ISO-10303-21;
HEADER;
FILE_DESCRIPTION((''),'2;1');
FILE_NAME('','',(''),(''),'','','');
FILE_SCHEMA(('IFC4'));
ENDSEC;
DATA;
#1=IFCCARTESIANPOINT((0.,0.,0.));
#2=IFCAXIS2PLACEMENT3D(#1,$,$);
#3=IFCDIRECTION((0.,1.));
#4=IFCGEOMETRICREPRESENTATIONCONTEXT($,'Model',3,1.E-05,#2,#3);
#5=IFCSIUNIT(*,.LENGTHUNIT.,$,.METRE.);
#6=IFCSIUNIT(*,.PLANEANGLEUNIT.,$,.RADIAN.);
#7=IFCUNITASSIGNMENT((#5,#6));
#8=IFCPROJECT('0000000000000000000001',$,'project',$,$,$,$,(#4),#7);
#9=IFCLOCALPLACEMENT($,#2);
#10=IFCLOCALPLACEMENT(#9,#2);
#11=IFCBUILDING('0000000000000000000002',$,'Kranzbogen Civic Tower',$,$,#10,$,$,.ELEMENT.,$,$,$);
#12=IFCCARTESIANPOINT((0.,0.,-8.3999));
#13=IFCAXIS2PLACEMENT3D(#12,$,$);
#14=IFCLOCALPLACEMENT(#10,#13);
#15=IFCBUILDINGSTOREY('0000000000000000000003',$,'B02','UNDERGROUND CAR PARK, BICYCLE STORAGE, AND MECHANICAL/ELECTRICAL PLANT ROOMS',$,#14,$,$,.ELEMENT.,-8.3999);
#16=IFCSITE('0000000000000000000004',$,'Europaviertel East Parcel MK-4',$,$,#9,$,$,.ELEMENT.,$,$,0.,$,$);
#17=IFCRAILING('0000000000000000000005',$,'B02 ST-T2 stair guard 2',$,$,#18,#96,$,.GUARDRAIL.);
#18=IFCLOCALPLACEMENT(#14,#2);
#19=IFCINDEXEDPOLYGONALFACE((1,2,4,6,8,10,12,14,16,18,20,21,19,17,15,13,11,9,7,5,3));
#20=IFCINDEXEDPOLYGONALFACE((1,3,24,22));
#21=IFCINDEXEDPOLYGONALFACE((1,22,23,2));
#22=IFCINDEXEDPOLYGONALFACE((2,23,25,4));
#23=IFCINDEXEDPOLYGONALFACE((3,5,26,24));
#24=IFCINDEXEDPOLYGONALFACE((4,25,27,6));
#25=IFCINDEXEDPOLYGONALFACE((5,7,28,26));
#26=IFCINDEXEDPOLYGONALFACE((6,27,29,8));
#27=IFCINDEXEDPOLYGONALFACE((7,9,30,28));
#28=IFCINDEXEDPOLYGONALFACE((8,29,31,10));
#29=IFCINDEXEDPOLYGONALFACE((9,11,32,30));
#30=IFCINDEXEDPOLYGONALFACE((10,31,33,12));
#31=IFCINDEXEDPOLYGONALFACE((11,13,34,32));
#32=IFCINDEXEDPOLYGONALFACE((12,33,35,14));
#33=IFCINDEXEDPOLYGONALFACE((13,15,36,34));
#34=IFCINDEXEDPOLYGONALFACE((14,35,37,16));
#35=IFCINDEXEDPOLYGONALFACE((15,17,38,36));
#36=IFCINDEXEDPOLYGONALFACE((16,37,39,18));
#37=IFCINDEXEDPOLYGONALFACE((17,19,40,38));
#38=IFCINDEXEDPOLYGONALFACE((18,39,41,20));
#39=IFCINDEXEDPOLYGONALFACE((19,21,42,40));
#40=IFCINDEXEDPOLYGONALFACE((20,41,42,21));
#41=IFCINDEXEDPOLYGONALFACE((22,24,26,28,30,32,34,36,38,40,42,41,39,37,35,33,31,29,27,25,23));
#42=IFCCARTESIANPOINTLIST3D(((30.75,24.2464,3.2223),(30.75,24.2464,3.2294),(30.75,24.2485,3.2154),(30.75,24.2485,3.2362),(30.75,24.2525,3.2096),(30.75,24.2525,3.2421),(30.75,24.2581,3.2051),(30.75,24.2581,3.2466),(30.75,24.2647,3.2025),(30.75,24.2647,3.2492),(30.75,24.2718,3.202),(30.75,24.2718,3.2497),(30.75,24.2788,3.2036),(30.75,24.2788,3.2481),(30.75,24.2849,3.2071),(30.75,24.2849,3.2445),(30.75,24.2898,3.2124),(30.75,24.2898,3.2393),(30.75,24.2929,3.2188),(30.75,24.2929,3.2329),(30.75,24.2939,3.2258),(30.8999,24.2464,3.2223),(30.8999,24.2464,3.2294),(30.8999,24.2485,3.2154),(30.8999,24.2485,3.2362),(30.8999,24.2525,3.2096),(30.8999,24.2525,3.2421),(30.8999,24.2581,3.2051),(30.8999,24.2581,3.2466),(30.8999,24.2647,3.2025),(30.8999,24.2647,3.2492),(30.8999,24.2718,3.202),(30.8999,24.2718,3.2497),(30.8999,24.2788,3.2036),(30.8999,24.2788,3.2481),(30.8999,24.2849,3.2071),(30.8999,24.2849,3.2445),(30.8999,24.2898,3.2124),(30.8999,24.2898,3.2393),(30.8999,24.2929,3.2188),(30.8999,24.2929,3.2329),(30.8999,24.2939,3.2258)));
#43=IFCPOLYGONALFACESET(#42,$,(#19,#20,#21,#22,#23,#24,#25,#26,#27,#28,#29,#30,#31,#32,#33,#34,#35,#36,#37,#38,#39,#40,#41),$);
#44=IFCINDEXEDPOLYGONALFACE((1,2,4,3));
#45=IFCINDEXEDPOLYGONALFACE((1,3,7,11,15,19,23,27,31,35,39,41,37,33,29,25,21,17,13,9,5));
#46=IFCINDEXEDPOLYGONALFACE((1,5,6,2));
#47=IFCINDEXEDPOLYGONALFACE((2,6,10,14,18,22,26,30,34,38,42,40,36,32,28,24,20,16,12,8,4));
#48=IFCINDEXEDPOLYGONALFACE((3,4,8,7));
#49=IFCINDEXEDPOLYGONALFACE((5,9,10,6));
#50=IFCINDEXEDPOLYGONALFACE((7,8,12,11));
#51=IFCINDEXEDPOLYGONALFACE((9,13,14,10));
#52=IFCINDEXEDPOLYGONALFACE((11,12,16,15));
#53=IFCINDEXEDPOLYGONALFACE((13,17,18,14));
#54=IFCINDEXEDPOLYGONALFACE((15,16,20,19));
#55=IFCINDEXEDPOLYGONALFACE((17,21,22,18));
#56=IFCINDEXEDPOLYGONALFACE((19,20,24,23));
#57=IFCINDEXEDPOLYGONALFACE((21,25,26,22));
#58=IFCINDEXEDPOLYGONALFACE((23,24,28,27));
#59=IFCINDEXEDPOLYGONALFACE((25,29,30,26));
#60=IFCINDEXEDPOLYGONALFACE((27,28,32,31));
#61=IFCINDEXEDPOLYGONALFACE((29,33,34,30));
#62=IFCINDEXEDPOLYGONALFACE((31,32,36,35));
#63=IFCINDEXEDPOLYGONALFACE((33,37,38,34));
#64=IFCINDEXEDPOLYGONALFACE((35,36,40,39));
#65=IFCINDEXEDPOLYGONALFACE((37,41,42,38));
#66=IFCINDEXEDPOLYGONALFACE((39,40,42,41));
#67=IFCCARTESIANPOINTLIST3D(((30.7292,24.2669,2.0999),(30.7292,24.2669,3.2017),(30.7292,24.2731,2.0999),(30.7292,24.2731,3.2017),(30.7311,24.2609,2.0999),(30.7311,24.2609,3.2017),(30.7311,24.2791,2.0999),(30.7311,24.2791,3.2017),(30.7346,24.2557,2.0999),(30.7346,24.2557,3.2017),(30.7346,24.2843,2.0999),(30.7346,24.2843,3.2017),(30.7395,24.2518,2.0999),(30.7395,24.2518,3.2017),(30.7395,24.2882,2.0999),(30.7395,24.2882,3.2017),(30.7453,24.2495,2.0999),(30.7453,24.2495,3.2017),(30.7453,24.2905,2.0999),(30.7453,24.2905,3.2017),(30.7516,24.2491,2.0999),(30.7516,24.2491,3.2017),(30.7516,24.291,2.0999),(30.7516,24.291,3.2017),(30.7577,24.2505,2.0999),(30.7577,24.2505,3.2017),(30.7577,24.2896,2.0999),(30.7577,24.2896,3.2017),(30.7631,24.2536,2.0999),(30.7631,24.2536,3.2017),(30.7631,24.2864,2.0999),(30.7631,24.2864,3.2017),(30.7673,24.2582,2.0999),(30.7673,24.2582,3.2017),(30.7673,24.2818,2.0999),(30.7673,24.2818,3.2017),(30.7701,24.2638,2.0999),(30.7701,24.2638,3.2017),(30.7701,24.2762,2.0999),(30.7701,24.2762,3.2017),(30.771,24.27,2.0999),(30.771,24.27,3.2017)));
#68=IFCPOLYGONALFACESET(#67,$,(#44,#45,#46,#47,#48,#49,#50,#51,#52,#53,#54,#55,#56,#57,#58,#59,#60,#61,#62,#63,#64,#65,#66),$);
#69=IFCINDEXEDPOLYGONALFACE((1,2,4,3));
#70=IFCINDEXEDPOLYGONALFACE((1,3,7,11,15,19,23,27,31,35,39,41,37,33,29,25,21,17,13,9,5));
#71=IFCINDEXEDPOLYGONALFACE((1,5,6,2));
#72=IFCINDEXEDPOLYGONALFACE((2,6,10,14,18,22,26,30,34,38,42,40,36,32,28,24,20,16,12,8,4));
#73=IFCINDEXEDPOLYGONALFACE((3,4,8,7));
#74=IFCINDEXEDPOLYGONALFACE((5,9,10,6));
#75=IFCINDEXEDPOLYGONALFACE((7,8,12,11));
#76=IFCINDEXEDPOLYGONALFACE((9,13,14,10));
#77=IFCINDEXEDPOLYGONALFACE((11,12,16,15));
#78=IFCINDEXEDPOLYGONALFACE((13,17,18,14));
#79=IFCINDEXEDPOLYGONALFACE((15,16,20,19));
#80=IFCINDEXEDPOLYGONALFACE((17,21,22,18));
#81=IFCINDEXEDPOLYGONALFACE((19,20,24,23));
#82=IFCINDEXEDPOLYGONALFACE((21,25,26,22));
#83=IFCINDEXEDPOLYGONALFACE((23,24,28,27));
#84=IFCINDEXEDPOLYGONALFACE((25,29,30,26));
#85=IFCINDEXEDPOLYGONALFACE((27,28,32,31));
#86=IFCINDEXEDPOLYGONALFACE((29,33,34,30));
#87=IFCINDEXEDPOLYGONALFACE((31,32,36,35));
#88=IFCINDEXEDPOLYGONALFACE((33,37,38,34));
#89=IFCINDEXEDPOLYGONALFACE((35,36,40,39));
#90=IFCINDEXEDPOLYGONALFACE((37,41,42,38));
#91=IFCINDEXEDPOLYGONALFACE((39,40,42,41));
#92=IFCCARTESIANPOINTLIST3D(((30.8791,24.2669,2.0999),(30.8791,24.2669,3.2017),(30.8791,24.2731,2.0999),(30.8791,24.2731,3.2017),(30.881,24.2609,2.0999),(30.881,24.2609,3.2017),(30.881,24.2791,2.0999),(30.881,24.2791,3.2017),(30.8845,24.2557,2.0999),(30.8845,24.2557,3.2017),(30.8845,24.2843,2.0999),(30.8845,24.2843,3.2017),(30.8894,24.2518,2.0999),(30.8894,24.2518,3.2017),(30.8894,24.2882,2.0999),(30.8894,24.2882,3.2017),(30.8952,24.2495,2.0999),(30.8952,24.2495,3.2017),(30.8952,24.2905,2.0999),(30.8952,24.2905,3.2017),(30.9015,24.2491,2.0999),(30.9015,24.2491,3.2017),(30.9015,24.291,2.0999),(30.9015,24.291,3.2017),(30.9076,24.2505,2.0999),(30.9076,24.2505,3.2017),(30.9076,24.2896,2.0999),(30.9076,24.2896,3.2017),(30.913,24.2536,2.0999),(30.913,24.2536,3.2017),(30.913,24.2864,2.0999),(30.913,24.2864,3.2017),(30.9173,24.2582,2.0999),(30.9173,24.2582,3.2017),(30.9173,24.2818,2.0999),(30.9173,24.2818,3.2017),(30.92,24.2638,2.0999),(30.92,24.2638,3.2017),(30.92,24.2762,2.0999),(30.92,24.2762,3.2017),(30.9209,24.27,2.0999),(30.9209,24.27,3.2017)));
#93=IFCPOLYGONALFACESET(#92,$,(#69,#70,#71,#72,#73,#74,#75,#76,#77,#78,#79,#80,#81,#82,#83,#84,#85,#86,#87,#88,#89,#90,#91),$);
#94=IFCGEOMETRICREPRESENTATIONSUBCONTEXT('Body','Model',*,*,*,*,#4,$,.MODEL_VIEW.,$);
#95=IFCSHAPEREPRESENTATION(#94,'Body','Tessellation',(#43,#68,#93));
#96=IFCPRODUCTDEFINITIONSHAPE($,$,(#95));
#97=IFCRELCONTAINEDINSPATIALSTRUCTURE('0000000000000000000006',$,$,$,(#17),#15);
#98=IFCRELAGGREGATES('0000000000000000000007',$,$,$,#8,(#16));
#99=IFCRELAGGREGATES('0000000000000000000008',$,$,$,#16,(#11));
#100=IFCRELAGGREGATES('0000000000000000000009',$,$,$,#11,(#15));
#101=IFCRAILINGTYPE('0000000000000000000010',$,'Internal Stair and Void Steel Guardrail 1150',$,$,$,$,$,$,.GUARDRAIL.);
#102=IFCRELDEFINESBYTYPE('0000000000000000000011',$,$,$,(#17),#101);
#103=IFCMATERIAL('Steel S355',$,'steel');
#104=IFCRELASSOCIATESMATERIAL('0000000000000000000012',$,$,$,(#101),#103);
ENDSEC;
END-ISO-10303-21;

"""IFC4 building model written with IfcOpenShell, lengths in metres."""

from ifc_helpers import new_model, si_unit, direction, frame, origin, origin_2d, place, context, subcontext, project, spatial, circle, extrude, material, type_object, element, save


model = new_model("IFC4")

# Units and contexts
model_context = context("Model", 3, precision=1e-05, world=origin(), true_north=direction((0.0, 1.0)))
body_context = subcontext(model_context, "Body", "Model", "MODEL_VIEW")
ifc_project = project(units=[si_unit("LENGTHUNIT", "METRE"), si_unit("PLANEANGLEUNIT", "RADIAN")], contexts=[model_context])

# Site, building, storey
site_placement = place(None, origin())
site = spatial("IfcSite", under=ifc_project, at=site_placement, Name="Europaviertel East Parcel MK-4", CompositionType="ELEMENT", RefElevation=0.0)
building_placement = place(site_placement, origin())
building = spatial("IfcBuilding", under=site, at=building_placement, Name="Kranzbogen Civic Tower", CompositionType="ELEMENT")
storey_placement = place(building_placement, frame((0.0, 0.0, -8.3999)))
storey = spatial("IfcBuildingStorey", under=building, at=storey_placement, Name="B02", Description="UNDERGROUND CAR PARK, BICYCLE STORAGE, AND MECHANICAL/ELECTRICAL PLANT ROOMS", CompositionType="ELEMENT", Elevation=-8.3999)

# Shared definitions
ifc_material_1 = material(Name="Steel S355", Category="steel")

# Railing
railing_type_1 = type_object("IfcRailingType", Name="Internal Stair and Void Steel Guardrail 1150", PredefinedType="GUARDRAIL", material=ifc_material_1)
railing_1_placement = place(storey_placement, frame((30.75, 24.27, 2.0999)))
element("IfcRailing", 1, at=railing_1_placement, inside=storey, type_object=railing_type_1, Name="B02 ST-T2 stair guard 2", PredefinedType="GUARDRAIL", context=body_context, shape_type="SweptSolid", body=[
    extrude(circle(Radius=0.0239, at=origin_2d()), frame((0.0, 0.0, 1.126), z_axis=(1.0, 0.0, 0.0), x_axis=(0.0, 1.0, 0.0)), (0.0, 0.0, 1.0), 0.1499),
    extrude(circle(Radius=0.021, at=origin_2d()), origin(), (0.0, 0.0, 1.0), 1.1018),
    extrude(circle(Radius=0.021, at=origin_2d()), frame((0.1499, 0.0, 0.0)), (0.0, 0.0, 1.0), 1.1018),
])

save(model, "model.ifc")
